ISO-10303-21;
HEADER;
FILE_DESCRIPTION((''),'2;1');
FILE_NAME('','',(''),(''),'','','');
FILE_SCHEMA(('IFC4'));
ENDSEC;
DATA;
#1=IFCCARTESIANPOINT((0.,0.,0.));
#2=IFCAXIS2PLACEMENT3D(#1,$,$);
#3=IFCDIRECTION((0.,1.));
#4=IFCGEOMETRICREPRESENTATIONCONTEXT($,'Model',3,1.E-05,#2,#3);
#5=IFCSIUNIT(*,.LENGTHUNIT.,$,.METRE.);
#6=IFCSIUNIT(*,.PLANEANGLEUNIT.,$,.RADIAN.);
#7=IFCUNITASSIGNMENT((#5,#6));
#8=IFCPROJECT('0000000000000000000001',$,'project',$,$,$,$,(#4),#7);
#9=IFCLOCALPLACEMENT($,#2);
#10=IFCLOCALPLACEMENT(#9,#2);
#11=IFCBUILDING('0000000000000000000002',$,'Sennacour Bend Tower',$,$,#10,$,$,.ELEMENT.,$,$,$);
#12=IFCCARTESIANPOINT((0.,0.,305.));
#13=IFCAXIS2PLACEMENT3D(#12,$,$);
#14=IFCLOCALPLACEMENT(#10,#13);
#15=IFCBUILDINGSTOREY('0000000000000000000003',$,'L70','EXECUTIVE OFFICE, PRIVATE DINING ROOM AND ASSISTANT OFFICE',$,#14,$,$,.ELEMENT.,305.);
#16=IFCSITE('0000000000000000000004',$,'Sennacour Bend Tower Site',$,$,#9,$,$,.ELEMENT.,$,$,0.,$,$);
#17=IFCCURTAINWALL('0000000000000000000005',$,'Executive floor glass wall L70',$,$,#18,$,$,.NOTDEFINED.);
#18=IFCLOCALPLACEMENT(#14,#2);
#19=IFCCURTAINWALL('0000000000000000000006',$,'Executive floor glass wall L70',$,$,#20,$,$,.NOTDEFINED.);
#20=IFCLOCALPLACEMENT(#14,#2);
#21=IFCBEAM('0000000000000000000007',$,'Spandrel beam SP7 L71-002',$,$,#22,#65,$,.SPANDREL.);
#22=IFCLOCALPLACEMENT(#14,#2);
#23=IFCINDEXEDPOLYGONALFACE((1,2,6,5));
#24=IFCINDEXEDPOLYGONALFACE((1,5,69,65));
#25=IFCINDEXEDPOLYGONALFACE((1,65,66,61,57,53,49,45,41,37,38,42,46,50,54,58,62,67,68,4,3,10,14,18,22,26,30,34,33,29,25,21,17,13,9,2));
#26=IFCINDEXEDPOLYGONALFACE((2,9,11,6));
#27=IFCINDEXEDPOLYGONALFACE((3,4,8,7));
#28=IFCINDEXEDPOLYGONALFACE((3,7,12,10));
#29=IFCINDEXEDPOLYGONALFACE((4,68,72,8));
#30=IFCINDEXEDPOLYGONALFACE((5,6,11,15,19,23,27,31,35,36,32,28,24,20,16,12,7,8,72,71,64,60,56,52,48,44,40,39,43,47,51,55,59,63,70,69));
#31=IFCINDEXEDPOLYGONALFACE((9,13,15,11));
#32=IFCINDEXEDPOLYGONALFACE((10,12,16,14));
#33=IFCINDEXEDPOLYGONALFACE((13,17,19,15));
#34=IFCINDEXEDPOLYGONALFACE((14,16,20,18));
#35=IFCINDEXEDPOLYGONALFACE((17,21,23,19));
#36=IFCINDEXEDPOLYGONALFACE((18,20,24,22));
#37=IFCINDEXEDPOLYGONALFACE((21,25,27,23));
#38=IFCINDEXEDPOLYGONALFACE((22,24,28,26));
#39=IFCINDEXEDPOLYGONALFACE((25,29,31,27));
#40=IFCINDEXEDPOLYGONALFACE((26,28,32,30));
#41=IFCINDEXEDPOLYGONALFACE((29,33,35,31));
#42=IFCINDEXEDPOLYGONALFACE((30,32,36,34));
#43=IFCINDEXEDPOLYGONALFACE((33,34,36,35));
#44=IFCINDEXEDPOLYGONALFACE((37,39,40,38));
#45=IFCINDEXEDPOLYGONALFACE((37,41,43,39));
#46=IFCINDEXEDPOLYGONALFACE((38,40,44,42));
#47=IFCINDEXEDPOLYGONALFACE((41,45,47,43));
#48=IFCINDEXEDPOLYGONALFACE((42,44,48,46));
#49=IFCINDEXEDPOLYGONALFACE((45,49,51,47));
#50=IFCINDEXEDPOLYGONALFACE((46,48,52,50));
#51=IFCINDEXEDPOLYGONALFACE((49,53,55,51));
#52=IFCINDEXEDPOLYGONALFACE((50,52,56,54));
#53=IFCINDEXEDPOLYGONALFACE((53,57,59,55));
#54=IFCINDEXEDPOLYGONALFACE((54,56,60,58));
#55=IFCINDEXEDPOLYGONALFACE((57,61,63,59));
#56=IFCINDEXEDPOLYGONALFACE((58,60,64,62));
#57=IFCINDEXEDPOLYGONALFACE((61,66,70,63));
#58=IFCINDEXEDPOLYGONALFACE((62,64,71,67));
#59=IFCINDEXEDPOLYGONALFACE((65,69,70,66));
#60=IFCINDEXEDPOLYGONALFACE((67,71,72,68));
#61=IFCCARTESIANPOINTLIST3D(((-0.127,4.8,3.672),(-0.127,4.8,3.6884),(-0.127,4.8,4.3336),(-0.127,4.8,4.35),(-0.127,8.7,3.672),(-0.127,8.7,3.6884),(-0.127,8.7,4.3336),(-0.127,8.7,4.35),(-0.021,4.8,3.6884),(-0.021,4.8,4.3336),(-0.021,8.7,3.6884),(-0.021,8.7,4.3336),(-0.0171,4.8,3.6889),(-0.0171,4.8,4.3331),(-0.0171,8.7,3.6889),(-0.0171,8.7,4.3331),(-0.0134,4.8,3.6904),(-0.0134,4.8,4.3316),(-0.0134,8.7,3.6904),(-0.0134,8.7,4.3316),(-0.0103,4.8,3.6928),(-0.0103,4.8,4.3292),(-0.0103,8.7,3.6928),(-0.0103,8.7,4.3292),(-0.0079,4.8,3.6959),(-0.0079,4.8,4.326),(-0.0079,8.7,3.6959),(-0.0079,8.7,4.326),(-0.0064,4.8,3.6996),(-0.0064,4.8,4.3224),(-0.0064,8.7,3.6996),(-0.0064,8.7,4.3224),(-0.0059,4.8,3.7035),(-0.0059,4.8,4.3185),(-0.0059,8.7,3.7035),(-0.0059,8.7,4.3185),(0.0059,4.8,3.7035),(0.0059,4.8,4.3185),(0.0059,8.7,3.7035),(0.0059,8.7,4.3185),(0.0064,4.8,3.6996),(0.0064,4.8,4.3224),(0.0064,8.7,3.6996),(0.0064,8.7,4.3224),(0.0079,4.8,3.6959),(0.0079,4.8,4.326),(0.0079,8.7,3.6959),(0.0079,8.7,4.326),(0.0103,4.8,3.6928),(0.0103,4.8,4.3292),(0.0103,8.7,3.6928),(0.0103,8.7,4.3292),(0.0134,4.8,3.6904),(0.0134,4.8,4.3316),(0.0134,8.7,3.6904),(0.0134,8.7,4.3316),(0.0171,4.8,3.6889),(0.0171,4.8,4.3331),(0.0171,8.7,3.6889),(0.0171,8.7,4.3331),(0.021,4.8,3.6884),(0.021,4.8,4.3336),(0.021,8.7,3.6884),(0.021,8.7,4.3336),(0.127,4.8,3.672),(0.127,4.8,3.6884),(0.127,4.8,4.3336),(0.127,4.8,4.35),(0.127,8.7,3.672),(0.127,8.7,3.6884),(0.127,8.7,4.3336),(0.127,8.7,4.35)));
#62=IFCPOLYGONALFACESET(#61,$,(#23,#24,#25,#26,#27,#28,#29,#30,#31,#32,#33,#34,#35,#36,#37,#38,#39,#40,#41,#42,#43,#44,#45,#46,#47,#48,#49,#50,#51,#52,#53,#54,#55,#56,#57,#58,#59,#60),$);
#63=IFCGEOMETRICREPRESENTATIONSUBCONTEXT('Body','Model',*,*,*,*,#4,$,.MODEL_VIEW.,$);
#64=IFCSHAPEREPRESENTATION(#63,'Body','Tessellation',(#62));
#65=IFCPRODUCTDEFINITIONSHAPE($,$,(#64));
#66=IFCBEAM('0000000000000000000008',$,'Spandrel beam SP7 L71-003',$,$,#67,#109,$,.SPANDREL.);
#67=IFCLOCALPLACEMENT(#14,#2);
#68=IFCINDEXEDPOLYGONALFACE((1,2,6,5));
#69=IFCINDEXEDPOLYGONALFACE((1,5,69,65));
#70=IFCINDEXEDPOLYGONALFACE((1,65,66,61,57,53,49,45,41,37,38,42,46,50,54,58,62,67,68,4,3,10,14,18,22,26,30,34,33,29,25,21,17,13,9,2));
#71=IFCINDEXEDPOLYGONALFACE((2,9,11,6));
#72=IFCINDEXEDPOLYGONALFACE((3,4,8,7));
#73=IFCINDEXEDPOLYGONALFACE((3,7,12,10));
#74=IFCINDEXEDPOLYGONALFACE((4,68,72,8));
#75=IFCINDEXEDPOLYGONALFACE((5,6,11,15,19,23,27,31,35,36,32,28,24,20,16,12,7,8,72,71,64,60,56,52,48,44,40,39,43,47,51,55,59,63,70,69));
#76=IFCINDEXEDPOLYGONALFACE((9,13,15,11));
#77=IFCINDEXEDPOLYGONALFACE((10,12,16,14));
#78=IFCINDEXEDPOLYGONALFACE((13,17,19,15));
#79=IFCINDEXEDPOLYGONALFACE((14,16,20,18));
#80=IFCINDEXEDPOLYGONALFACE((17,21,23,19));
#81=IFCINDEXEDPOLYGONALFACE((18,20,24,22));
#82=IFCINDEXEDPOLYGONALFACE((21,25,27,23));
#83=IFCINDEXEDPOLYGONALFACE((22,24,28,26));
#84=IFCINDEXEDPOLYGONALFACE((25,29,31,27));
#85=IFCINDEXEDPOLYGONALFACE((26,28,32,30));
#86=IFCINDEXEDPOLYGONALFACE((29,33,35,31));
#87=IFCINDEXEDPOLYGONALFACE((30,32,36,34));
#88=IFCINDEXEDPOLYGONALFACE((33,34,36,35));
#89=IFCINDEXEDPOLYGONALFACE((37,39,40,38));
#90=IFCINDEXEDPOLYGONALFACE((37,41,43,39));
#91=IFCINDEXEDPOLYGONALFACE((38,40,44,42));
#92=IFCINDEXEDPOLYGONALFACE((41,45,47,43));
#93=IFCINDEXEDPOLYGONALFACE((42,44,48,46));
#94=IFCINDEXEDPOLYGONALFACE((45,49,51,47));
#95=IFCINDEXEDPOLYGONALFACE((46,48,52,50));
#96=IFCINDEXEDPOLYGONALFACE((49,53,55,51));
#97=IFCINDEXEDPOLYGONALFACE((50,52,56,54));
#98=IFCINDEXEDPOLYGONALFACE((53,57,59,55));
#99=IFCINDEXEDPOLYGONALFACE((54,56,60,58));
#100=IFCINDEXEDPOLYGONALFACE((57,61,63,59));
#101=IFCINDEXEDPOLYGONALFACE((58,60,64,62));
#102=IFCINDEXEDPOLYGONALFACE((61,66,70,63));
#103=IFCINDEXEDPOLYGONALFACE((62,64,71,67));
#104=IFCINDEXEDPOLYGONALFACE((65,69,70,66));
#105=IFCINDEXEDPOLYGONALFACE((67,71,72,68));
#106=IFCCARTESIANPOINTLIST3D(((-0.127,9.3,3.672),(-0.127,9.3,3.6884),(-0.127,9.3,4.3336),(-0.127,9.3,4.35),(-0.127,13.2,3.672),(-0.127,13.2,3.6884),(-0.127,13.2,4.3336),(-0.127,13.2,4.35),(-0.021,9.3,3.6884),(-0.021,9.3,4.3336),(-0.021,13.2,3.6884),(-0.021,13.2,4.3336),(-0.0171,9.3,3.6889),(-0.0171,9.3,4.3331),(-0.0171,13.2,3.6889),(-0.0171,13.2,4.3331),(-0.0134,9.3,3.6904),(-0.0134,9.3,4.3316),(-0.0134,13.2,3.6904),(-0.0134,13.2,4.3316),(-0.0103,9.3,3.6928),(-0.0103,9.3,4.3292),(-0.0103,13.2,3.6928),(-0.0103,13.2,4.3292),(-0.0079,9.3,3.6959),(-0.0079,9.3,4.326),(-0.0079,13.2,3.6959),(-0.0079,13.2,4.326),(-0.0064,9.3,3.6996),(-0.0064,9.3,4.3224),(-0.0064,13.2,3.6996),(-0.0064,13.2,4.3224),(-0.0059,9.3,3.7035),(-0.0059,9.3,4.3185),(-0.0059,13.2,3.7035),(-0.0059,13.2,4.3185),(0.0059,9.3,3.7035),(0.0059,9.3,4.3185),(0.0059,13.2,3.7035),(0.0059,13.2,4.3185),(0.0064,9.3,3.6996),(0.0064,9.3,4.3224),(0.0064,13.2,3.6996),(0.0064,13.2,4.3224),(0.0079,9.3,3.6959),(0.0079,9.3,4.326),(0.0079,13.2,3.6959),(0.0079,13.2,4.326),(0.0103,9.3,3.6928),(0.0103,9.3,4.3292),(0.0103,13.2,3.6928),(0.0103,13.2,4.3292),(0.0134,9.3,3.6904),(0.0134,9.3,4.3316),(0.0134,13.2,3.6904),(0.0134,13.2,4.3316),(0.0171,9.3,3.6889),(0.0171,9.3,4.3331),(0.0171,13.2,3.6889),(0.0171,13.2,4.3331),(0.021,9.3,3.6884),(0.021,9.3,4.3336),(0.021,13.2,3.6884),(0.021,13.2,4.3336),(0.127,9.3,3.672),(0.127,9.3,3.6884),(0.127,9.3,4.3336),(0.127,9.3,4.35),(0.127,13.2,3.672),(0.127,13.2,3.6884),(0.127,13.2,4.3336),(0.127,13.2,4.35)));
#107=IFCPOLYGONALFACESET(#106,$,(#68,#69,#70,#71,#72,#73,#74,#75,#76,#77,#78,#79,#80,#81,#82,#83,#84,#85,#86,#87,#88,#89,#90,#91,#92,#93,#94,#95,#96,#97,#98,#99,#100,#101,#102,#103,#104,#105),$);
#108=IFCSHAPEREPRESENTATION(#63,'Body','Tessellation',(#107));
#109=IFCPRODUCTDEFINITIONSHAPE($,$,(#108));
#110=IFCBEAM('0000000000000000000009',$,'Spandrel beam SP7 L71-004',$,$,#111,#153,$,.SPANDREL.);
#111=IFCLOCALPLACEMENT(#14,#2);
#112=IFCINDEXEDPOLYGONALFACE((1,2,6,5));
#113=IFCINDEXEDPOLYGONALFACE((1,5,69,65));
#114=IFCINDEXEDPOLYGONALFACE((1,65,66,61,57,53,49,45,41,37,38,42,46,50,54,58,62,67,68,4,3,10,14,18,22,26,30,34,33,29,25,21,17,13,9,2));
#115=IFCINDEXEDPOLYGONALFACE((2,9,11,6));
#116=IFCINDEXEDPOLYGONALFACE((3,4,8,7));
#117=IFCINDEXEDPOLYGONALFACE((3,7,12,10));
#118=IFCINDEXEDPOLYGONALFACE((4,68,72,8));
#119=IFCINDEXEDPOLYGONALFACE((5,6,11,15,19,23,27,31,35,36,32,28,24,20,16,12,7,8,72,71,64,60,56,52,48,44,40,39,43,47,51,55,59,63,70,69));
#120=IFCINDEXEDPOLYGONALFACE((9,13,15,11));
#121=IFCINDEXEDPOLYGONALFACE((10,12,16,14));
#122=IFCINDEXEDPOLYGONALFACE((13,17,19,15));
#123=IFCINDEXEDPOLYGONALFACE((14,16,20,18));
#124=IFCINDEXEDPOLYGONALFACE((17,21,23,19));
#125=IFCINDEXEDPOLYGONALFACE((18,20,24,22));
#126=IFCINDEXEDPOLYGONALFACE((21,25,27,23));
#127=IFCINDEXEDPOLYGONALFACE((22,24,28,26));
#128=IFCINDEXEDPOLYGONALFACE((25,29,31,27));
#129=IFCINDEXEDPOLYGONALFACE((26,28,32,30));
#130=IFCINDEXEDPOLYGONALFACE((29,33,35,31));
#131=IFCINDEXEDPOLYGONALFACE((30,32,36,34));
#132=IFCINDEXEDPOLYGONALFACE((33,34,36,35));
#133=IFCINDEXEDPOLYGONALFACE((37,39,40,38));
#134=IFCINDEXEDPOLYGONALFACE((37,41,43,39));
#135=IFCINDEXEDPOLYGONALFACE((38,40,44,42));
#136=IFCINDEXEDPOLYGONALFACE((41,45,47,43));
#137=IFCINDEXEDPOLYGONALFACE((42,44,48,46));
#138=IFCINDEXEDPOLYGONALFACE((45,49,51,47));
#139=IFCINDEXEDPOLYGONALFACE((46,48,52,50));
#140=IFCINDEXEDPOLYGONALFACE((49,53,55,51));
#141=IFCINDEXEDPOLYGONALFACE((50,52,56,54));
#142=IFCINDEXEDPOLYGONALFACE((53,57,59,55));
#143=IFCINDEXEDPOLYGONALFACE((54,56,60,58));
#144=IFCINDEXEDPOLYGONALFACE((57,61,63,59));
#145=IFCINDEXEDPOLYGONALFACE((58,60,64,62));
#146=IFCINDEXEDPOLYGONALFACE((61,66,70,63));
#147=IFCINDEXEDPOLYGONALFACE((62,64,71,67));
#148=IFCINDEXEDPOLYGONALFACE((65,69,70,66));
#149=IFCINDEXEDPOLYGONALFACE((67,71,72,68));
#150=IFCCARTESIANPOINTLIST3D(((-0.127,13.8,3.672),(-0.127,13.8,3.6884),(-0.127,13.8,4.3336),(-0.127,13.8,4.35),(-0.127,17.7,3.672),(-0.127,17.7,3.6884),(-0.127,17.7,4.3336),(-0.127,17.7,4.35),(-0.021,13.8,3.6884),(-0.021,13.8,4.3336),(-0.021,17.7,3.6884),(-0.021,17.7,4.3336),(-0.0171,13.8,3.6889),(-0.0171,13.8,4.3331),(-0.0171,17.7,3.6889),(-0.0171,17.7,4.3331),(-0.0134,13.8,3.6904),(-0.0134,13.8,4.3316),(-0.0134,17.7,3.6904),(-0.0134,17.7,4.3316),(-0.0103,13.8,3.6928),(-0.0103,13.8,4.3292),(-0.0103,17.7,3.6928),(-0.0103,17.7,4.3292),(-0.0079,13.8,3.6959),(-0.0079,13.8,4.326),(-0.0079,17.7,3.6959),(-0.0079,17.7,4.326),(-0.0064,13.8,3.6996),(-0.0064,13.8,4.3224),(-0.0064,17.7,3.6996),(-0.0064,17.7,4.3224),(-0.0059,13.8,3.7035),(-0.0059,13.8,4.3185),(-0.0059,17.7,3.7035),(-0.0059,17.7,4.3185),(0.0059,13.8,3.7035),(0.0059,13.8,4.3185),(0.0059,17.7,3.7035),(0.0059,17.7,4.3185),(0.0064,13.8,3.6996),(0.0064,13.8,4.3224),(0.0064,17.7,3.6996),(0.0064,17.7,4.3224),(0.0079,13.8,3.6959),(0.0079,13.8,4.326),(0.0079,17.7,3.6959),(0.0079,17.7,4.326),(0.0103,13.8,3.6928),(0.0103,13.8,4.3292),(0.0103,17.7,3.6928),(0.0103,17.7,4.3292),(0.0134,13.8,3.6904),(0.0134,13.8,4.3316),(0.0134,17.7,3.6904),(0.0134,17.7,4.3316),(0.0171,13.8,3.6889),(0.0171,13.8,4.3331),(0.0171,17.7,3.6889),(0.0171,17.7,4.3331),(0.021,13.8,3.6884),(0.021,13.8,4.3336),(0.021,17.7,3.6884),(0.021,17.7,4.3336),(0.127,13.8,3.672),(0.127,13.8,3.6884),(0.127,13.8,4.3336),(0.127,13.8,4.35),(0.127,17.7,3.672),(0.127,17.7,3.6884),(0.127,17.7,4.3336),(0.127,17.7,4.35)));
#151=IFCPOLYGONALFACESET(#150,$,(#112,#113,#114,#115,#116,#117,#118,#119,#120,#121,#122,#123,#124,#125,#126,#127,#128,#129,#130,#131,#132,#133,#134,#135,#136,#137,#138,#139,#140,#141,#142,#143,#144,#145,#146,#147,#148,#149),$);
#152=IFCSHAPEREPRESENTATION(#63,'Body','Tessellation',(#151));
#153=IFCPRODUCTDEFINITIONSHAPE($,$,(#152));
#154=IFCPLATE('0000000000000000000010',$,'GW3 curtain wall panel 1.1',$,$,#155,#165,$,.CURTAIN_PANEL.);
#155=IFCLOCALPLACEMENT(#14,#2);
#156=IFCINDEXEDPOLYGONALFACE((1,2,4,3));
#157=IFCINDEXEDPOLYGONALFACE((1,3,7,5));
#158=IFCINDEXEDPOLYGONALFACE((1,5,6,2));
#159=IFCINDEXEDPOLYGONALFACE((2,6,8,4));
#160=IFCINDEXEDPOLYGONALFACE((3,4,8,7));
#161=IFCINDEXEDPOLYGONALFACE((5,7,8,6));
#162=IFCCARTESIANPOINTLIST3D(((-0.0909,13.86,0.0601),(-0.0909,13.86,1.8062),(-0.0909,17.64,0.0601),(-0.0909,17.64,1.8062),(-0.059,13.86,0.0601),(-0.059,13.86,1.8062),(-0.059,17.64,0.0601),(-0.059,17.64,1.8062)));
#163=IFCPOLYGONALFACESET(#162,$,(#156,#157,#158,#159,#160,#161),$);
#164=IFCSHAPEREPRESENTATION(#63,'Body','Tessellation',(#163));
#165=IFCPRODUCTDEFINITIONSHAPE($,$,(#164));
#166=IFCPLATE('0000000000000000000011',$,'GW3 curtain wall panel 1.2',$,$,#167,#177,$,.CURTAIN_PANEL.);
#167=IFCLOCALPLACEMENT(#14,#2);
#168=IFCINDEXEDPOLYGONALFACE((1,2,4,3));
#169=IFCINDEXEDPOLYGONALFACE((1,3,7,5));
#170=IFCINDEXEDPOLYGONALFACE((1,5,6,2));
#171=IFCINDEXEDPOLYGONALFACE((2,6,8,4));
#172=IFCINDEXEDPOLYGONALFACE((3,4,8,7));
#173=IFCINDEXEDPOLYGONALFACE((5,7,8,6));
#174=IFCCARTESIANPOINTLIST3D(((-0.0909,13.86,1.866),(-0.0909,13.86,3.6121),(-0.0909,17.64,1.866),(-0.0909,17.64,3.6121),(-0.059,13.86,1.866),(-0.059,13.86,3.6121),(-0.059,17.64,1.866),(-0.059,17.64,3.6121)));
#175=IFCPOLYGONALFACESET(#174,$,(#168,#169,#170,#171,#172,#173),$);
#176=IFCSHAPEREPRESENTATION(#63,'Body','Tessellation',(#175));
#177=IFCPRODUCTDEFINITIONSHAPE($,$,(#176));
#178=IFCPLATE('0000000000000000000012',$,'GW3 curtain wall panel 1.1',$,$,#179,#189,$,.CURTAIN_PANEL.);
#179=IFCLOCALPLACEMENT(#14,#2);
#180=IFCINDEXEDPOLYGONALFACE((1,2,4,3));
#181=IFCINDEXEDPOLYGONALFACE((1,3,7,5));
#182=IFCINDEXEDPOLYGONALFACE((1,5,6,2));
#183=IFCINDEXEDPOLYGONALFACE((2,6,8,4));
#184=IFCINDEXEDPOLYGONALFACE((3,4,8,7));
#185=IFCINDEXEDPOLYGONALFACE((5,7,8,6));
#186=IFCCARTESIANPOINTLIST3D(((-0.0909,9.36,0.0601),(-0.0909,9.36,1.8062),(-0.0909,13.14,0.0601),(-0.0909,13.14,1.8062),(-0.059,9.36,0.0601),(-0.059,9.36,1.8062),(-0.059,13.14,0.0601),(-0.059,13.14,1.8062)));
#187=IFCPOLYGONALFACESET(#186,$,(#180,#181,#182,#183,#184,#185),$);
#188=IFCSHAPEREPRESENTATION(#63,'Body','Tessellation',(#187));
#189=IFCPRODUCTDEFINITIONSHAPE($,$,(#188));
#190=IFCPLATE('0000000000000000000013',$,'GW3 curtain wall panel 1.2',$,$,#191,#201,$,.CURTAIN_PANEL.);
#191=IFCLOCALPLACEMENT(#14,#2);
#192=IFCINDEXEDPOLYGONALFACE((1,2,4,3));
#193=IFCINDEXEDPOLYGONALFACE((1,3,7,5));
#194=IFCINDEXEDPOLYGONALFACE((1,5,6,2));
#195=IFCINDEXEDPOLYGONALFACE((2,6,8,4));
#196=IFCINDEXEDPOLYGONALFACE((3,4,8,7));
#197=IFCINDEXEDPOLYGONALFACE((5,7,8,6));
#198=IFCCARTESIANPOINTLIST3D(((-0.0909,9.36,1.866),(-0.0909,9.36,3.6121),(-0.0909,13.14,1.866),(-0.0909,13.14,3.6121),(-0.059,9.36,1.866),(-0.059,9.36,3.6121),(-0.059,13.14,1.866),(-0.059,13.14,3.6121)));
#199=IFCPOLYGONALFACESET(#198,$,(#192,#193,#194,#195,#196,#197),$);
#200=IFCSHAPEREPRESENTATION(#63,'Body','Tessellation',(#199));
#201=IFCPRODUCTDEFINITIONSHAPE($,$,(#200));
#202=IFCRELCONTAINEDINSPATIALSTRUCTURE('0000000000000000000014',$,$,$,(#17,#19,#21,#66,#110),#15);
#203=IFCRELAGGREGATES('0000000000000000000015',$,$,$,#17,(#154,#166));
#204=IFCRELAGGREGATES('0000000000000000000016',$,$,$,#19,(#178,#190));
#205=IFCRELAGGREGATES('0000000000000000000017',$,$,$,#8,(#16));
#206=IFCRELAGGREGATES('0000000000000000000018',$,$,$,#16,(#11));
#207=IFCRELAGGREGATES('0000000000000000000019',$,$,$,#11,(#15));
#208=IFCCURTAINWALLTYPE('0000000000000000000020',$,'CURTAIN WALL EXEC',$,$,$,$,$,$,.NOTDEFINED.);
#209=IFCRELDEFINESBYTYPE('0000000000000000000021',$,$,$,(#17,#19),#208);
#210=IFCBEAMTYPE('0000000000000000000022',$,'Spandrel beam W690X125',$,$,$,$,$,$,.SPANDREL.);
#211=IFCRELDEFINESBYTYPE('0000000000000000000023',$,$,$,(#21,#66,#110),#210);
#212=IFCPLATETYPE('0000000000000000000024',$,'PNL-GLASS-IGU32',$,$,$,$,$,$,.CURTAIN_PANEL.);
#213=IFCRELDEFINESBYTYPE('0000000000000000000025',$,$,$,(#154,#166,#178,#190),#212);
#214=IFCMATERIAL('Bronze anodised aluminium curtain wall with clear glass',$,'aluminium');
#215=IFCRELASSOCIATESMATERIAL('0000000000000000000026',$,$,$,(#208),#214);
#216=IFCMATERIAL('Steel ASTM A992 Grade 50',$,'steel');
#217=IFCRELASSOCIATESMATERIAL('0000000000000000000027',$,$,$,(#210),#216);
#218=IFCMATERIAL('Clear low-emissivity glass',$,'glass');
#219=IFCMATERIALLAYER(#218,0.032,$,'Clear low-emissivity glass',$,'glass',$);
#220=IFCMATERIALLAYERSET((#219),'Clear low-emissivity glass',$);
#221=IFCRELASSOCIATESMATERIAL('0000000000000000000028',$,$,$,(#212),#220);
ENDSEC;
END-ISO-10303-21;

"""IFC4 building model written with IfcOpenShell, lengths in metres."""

from ifc_helpers import new_model, si_unit, direction, frame, origin, origin_2d, place, context, subcontext, project, spatial, rectangle, i_section, extrude, material, layer, layer_set, material_profile, profile_set, type_object, element, aggregate, save


model = new_model("IFC4")

# Units and contexts
model_context = context("Model", 3, precision=1e-05, world=origin(), true_north=direction((0.0, 1.0)))
body_context = subcontext(model_context, "Body", "Model", "MODEL_VIEW")
ifc_project = project(units=[si_unit("LENGTHUNIT", "METRE"), si_unit("PLANEANGLEUNIT", "RADIAN")], contexts=[model_context])

# Site, building, storey
site_placement = place(None, origin())
site = spatial("IfcSite", under=ifc_project, at=site_placement, Name="Sennacour Bend Tower Site", CompositionType="ELEMENT", RefElevation=0.0)
building_placement = place(site_placement, origin())
building = spatial("IfcBuilding", under=site, at=building_placement, Name="Sennacour Bend Tower", CompositionType="ELEMENT")
storey_placement = place(building_placement, frame((0.0, 0.0, 305.0)))
storey = spatial("IfcBuildingStorey", under=building, at=storey_placement, Name="L70", Description="EXECUTIVE OFFICE, PRIVATE DINING ROOM AND ASSISTANT OFFICE", CompositionType="ELEMENT", Elevation=305.0)

# Curtain wall
ifc_material_1 = material(Name="Bronze anodised aluminium curtain wall with clear glass", Category="aluminium")
curtain_wall_type = type_object("IfcCurtainWallType", Name="CURTAIN WALL EXEC", PredefinedType="NOTDEFINED", material=ifc_material_1)
curtain_wall_1_placement = place(storey_placement, origin())
curtain_wall_1 = element("IfcCurtainWall", 1, at=curtain_wall_1_placement, inside=storey, type_object=curtain_wall_type, Name="Executive floor glass wall L70", PredefinedType="NOTDEFINED")

# Curtain wall
curtain_wall_2_placement = place(storey_placement, origin())
curtain_wall_2 = element("IfcCurtainWall", 2, at=curtain_wall_2_placement, inside=storey, type_object=curtain_wall_type, Name="Executive floor glass wall L70", PredefinedType="NOTDEFINED")

# Beams
ifc_material_2 = material(Name="Steel ASTM A992 Grade 50", Category="steel")
ifc_material_profile_1 = material_profile(ifc_material_2, i_section(OverallWidth=0.2539, OverallDepth=0.678, WebThickness=0.0117, FlangeThickness=0.0164, FilletRadius=0.0151, at=origin_2d()), Name="Steel ASTM A992 Grade 50", Category="steel")
ifc_profile_set_1 = profile_set([ifc_material_profile_1], Name="Steel ASTM A992 Grade 50")
beam_type = type_object("IfcBeamType", Name="Spandrel beam W690X125", PredefinedType="SPANDREL", material=ifc_profile_set_1)
for number, where, z_axis, x_axis, name in (
    (3, (0.0, 4.8, 4.011), (0.0, 1.0, 0.0), (-1.0, 0.0, 0.0), "Spandrel beam SP7 L71-002"),
    (4, (0.0, 9.3, 4.011), (0.0, 1.0, 0.0), (-1.0, 0.0, 0.0), "Spandrel beam SP7 L71-003"),
    (5, (0.0, 13.8, 4.011), (0.0, 1.0, 0.0), (-1.0, 0.0, 0.0), "Spandrel beam SP7 L71-004"),
):
    element("IfcBeam", number, at=place(storey_placement, frame(where, z_axis=z_axis, x_axis=x_axis)), inside=storey, type_object=beam_type, Name=name, PredefinedType="SPANDREL", context=body_context, shape_type="SweptSolid", body=[
        extrude(i_section(OverallWidth=0.2539, OverallDepth=0.678, WebThickness=0.0117, FlangeThickness=0.0164, FilletRadius=0.0151, at=origin_2d()), origin(), (0.0, 0.0, 1.0), 3.8999),
    ])

# Plates
ifc_material_3 = material(Name="Clear low-emissivity glass", Category="glass")
ifc_layer_1 = layer(ifc_material_3, 0.032, Name="Clear low-emissivity glass", Category="glass")
ifc_layer_set_1 = layer_set([ifc_layer_1], Name="Clear low-emissivity glass")
plate_type = type_object("IfcPlateType", Name="PNL-GLASS-IGU32", PredefinedType="CURTAIN_PANEL", material=ifc_layer_set_1)
plate_1_placement = place(storey_placement, frame((-0.075, 15.75, 0.0601), z_axis=(0.0, 0.0, 1.0), x_axis=(0.0, -1.0, 0.0)))
plate_1 = element("IfcPlate", 6, at=plate_1_placement, type_object=plate_type, Name="GW3 curtain wall panel 1.1", PredefinedType="CURTAIN_PANEL", context=body_context, shape_type="SweptSolid", body=[
    extrude(rectangle(XDim=3.78, YDim=0.032, at=origin_2d()), origin(), (0.0, 0.0, 1.0), 1.7461),
])
plate_2_placement = place(storey_placement, frame((-0.075, 15.75, 1.866), z_axis=(0.0, 0.0, 1.0), x_axis=(0.0, -1.0, 0.0)))
plate_2 = element("IfcPlate", 7, at=plate_2_placement, type_object=plate_type, Name="GW3 curtain wall panel 1.2", PredefinedType="CURTAIN_PANEL", context=body_context, shape_type="SweptSolid", body=[
    extrude(rectangle(XDim=3.78, YDim=0.032, at=origin_2d()), origin(), (0.0, 0.0, 1.0), 1.7461),
])
aggregate(curtain_wall_1, [plate_1, plate_2])
plate_3_placement = place(storey_placement, frame((-0.075, 11.25, 0.0601), z_axis=(0.0, 0.0, 1.0), x_axis=(0.0, -1.0, 0.0)))
plate_3 = element("IfcPlate", 8, at=plate_3_placement, type_object=plate_type, Name="GW3 curtain wall panel 1.1", PredefinedType="CURTAIN_PANEL", context=body_context, shape_type="SweptSolid", body=[
    extrude(rectangle(XDim=3.78, YDim=0.032, at=origin_2d()), origin(), (0.0, 0.0, 1.0), 1.7461),
])
plate_4_placement = place(storey_placement, frame((-0.075, 11.25, 1.866), z_axis=(0.0, 0.0, 1.0), x_axis=(0.0, -1.0, 0.0)))
plate_4 = element("IfcPlate", 9, at=plate_4_placement, type_object=plate_type, Name="GW3 curtain wall panel 1.2", PredefinedType="CURTAIN_PANEL", context=body_context, shape_type="SweptSolid", body=[
    extrude(rectangle(XDim=3.78, YDim=0.032, at=origin_2d()), origin(), (0.0, 0.0, 1.0), 1.7461),
])
aggregate(curtain_wall_2, [plate_3, plate_4])

save(model, "model.ifc")
